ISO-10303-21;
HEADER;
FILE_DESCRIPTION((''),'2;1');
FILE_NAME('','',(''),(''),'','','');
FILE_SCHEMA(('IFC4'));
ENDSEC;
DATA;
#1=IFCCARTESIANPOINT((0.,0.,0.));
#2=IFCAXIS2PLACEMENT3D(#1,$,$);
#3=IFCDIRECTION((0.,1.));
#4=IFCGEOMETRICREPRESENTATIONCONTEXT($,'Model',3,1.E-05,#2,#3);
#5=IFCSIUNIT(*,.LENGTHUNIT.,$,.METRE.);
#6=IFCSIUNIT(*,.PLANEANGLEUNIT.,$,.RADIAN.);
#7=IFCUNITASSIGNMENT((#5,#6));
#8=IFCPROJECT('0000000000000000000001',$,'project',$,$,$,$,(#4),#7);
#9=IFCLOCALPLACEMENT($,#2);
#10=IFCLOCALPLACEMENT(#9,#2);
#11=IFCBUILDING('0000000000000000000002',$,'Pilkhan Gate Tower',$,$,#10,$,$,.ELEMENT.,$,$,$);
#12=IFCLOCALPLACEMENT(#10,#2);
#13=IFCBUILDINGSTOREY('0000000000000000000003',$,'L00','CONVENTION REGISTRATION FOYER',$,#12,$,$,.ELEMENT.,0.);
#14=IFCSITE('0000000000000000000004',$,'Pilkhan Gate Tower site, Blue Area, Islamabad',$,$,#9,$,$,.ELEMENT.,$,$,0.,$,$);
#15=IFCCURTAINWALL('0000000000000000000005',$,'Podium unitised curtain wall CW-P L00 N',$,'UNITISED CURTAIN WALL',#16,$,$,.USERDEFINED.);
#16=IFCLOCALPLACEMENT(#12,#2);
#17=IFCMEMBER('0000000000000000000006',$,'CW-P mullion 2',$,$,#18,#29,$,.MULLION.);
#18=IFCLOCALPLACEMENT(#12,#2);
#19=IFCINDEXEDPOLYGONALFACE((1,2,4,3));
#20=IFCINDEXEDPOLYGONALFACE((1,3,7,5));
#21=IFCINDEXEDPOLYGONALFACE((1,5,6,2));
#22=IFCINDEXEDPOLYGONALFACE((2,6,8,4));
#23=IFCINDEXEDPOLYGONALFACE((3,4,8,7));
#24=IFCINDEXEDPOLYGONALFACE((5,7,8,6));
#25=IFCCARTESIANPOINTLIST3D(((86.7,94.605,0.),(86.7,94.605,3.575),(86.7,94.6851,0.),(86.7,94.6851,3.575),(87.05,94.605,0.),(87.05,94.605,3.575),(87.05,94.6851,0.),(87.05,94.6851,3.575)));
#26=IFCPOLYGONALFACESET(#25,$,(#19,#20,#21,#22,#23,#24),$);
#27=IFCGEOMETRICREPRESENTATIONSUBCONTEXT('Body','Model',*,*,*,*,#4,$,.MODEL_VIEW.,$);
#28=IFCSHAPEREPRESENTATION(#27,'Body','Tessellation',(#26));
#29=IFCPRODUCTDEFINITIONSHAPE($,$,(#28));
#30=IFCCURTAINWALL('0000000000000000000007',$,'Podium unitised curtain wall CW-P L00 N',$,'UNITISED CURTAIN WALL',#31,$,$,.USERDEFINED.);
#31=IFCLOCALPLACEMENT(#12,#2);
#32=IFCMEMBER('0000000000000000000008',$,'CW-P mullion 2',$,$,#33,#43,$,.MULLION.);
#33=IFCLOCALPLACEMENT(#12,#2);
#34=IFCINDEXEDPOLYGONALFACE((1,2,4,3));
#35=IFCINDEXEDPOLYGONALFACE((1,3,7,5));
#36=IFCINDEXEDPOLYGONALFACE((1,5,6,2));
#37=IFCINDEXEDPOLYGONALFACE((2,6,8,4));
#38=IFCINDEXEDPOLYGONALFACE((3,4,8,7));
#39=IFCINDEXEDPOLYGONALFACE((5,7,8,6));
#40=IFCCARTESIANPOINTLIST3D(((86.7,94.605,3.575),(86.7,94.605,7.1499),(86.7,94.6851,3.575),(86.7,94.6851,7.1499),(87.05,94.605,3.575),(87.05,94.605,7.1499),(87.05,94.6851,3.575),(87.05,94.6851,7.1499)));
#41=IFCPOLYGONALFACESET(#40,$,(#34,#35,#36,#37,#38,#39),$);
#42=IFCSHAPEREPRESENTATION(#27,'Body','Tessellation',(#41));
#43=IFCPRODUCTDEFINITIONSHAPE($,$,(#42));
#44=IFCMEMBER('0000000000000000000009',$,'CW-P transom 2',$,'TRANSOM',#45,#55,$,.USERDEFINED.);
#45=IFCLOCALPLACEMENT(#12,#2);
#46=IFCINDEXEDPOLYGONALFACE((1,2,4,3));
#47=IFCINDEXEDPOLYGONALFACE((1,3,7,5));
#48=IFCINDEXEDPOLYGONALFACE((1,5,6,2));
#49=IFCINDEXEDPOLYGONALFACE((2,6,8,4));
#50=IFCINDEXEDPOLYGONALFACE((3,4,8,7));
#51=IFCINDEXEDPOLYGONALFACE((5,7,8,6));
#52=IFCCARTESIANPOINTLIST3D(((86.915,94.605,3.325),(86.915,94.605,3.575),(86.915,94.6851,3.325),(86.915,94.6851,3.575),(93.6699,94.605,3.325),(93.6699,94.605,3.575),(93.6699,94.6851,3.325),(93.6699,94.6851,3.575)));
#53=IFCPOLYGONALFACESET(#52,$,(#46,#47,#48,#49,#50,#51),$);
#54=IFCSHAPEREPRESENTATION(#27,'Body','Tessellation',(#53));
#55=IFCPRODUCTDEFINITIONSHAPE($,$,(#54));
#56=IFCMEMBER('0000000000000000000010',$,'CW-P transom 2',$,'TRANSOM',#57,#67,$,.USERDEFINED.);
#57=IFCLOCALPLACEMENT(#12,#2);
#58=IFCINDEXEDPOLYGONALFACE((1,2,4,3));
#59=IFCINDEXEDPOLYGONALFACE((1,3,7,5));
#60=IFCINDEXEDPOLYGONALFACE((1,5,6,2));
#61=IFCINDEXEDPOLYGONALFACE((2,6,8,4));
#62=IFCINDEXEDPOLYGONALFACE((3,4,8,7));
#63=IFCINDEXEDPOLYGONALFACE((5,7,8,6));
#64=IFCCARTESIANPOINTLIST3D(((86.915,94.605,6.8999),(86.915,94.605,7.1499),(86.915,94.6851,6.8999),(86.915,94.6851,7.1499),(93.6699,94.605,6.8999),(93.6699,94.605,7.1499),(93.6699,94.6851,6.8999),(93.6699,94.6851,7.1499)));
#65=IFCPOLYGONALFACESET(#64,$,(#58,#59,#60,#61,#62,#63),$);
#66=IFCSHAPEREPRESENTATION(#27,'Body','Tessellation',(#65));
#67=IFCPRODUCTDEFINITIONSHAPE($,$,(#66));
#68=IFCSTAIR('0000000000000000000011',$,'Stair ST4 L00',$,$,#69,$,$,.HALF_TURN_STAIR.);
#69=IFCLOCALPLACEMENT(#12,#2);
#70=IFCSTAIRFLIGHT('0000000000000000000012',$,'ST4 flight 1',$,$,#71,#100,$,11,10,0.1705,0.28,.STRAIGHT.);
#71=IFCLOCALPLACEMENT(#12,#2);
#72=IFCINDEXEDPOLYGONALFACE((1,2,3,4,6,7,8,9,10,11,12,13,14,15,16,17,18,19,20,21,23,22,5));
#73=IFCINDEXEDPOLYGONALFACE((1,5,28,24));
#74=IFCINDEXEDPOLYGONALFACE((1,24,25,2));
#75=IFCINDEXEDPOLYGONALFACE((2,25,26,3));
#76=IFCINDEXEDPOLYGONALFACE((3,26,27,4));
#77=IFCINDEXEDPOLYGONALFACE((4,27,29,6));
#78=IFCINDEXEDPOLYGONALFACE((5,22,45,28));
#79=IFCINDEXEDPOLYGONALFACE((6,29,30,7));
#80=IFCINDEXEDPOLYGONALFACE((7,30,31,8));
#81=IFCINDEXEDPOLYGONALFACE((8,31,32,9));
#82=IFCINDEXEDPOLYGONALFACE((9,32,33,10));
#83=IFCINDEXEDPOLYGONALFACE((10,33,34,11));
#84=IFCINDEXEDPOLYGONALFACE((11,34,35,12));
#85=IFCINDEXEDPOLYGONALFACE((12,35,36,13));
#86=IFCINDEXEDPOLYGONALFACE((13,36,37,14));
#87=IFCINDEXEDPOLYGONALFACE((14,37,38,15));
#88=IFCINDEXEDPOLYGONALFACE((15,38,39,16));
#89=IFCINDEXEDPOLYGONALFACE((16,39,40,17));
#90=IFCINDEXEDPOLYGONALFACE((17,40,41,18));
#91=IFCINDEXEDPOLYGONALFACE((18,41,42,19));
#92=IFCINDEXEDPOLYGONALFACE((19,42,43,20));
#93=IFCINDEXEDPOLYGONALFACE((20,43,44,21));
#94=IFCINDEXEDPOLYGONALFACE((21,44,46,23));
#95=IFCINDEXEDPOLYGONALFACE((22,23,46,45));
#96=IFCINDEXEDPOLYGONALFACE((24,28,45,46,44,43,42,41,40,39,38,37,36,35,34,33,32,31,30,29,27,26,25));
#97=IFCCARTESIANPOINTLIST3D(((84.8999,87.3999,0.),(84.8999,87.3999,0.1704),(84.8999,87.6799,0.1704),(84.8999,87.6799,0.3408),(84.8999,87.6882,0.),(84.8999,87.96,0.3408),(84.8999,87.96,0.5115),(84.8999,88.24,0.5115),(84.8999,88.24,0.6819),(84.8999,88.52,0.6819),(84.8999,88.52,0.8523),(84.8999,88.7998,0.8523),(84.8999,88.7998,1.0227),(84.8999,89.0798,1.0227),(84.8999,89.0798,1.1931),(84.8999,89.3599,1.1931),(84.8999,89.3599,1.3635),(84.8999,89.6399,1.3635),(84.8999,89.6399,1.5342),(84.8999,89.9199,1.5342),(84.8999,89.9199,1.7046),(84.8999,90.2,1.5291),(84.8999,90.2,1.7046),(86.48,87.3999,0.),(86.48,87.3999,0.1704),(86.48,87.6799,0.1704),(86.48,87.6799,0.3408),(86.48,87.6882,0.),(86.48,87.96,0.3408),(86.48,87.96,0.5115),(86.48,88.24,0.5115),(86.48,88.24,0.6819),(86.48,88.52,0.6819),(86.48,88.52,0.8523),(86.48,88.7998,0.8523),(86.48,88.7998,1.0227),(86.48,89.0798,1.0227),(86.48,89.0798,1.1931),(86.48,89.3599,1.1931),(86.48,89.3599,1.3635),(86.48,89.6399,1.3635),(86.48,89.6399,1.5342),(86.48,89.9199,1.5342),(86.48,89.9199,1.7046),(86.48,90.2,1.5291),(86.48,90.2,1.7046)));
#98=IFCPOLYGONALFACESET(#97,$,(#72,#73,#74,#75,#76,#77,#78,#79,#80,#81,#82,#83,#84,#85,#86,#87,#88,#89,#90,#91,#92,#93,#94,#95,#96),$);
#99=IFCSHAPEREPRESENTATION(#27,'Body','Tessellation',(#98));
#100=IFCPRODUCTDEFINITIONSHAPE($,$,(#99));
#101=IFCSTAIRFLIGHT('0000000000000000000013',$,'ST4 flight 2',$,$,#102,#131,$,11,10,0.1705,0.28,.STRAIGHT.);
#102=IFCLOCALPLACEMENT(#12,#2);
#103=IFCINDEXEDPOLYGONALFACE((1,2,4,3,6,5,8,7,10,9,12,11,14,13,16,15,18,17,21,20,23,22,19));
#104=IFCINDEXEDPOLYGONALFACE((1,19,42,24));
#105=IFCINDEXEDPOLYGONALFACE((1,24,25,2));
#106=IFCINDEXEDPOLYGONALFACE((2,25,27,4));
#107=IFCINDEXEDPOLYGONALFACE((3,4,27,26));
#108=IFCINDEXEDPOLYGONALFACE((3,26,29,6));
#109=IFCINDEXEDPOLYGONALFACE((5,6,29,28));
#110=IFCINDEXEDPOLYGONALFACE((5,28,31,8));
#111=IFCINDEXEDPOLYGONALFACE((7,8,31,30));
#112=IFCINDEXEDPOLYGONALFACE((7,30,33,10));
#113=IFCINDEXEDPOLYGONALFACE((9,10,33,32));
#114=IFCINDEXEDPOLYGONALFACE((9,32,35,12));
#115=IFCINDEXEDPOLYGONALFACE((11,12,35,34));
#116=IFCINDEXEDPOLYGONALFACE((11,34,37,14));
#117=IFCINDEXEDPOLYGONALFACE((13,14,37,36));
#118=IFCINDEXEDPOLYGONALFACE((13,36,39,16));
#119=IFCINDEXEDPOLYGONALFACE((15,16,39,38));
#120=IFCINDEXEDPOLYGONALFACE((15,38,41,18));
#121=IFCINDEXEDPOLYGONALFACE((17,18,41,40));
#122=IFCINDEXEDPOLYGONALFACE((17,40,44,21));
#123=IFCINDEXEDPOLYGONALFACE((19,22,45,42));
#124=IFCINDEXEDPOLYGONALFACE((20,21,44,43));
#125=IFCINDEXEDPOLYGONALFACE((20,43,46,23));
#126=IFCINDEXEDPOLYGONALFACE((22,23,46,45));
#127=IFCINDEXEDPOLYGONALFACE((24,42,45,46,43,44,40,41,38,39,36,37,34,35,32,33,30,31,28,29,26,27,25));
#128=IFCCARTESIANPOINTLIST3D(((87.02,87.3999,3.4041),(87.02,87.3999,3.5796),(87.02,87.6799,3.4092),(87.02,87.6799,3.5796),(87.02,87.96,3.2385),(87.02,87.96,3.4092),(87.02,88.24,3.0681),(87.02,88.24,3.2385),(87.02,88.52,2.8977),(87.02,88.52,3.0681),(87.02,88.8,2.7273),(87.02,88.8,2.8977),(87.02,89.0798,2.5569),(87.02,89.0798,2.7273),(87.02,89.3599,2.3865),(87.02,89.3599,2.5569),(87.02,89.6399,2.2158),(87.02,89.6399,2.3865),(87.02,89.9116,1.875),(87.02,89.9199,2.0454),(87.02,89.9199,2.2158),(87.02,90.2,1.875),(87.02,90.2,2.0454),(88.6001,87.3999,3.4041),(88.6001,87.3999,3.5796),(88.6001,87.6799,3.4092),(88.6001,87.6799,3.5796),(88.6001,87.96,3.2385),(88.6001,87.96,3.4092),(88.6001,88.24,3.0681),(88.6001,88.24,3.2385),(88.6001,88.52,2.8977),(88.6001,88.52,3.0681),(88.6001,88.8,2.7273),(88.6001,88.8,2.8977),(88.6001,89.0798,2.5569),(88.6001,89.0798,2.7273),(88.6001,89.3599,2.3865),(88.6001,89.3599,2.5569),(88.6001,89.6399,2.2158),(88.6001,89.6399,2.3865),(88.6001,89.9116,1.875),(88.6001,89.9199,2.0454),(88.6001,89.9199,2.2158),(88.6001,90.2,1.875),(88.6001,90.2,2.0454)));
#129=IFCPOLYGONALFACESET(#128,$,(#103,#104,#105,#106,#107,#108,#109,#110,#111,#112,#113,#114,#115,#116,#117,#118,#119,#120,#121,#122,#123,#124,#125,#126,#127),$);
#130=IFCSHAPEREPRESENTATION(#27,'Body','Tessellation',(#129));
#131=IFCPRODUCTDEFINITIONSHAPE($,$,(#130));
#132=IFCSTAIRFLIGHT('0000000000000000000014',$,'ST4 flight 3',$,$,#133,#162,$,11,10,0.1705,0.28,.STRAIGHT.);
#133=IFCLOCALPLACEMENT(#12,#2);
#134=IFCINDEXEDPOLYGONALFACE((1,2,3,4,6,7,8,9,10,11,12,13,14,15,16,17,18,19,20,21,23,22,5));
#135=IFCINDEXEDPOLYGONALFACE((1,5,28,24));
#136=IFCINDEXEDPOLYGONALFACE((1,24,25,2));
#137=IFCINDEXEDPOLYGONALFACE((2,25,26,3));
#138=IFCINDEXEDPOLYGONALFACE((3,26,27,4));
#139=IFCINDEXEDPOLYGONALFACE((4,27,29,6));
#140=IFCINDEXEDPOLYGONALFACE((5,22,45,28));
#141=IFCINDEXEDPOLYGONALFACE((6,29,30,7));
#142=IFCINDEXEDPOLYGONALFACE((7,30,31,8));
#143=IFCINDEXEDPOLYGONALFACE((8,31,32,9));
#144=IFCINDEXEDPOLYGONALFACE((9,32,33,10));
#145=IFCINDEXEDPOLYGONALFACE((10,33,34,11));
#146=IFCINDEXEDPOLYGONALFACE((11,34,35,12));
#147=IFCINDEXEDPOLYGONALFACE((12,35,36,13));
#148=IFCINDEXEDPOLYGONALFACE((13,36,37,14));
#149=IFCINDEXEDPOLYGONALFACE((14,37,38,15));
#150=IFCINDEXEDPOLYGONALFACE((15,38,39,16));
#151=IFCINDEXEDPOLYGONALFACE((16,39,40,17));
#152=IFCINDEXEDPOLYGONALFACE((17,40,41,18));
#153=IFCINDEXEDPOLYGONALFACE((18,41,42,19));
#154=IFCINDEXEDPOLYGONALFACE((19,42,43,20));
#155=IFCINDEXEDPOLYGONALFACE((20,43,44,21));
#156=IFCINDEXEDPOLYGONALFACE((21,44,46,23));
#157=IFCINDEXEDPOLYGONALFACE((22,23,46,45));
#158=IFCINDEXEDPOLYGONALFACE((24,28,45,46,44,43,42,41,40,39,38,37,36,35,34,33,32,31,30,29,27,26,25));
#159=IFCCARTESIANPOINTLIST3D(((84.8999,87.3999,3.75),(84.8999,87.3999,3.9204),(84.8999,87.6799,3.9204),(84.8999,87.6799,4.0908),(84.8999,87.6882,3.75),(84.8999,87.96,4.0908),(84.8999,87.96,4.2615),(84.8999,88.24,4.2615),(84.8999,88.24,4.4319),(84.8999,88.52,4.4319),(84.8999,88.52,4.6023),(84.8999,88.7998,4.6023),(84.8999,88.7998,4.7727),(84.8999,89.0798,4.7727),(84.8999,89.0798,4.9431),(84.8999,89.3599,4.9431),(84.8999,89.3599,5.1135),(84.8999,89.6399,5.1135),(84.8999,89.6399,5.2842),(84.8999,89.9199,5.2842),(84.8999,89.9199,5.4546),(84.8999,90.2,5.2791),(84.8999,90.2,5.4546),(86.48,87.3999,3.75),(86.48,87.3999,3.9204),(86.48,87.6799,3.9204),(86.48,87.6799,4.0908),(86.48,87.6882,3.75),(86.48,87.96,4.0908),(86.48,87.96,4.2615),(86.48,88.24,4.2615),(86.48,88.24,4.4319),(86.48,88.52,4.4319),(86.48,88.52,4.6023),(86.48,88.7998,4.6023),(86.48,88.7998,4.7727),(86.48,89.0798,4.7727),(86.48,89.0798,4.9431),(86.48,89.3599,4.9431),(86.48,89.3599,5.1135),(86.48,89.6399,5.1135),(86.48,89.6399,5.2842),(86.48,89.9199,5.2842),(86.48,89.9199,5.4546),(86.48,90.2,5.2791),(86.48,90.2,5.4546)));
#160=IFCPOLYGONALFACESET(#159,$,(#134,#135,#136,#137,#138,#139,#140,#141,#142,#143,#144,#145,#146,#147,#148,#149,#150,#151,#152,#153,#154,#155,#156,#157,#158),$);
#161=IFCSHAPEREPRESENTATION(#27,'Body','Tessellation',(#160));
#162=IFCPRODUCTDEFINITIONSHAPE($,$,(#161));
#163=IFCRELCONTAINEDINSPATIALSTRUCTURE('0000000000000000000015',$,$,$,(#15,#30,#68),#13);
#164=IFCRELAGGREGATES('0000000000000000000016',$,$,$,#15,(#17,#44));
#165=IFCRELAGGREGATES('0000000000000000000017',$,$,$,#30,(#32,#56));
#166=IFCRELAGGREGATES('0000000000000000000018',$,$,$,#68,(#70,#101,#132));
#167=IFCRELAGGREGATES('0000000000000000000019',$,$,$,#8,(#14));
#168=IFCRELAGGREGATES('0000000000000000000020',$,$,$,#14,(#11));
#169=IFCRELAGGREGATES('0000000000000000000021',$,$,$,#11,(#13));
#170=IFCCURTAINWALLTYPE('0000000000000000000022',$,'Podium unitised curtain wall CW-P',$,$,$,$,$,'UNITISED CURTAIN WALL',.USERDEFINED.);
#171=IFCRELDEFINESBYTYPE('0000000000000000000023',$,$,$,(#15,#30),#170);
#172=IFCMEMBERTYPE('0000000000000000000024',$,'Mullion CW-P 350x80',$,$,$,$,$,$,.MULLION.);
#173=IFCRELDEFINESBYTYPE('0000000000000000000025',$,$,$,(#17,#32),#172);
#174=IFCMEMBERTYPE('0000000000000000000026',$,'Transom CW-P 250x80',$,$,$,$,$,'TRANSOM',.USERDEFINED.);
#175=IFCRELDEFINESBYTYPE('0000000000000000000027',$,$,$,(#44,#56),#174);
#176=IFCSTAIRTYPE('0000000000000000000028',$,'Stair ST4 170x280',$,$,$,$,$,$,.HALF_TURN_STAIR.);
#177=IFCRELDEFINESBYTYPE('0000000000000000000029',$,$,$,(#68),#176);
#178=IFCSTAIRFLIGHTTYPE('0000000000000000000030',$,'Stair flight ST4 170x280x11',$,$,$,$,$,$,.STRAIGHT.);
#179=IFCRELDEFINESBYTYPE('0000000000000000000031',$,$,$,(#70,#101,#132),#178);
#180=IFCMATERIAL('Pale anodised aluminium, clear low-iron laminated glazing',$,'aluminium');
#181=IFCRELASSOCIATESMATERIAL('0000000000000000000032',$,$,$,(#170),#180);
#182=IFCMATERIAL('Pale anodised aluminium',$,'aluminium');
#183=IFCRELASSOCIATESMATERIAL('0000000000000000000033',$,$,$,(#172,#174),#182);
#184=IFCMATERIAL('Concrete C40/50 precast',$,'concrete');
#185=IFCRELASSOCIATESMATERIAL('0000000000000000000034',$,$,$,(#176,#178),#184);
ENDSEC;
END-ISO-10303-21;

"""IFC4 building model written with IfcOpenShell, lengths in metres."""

from ifc_helpers import new_model, si_unit, direction, frame, origin, origin_2d, place, context, subcontext, project, spatial, polyline, rectangle, outline, extrude, material, material_profile, profile_set, type_object, element, aggregate, save


model = new_model("IFC4")

# Units and contexts
model_context = context("Model", 3, precision=1e-05, world=origin(), true_north=direction((0.0, 1.0)))
body_context = subcontext(model_context, "Body", "Model", "MODEL_VIEW")
ifc_project = project(units=[si_unit("LENGTHUNIT", "METRE"), si_unit("PLANEANGLEUNIT", "RADIAN")], contexts=[model_context])

# Site, building, storey
site_placement = place(None, origin())
site = spatial("IfcSite", under=ifc_project, at=site_placement, Name="Pilkhan Gate Tower site, Blue Area, Islamabad", CompositionType="ELEMENT", RefElevation=0.0)
building_placement = place(site_placement, origin())
building = spatial("IfcBuilding", under=site, at=building_placement, Name="Pilkhan Gate Tower", CompositionType="ELEMENT")
storey_placement = place(building_placement, origin())
storey = spatial("IfcBuildingStorey", under=building, at=storey_placement, Name="L00", Description="CONVENTION REGISTRATION FOYER", CompositionType="ELEMENT", Elevation=0.0)

# Curtain walls, members
ifc_material_1 = material(Name="Pale anodised aluminium, clear low-iron laminated glazing", Category="aluminium")
curtain_wall_type = type_object("IfcCurtainWallType", Name="Podium unitised curtain wall CW-P", ElementType="UNITISED CURTAIN WALL", PredefinedType="USERDEFINED", material=ifc_material_1)
curtain_wall_1_placement = place(storey_placement, origin())
curtain_wall_1 = element("IfcCurtainWall", 1, at=curtain_wall_1_placement, inside=storey, type_object=curtain_wall_type, Name="Podium unitised curtain wall CW-P L00 N", ObjectType="UNITISED CURTAIN WALL", PredefinedType="USERDEFINED")
ifc_material_2 = material(Name="Pale anodised aluminium", Category="aluminium")
ifc_material_profile_1 = material_profile(ifc_material_2, rectangle(XDim=0.0801, YDim=0.3501, at=origin_2d()), Name="Mullion 350x80")
ifc_profile_set_1 = profile_set([ifc_material_profile_1], Name="Pale anodised aluminium")
member_type_1 = type_object("IfcMemberType", Name="Mullion CW-P 350x80", PredefinedType="MULLION", material=ifc_profile_set_1)
member_1_placement = place(storey_placement, frame((86.875, 94.645, 0.0), z_axis=(0.0, 0.0, 1.0), x_axis=(0.0, 1.0, 0.0)))
member_1 = element("IfcMember", 2, at=member_1_placement, type_object=member_type_1, Name="CW-P mullion 2", PredefinedType="MULLION", context=body_context, shape_type="SweptSolid", body=[
    extrude(rectangle(XDim=0.0801, YDim=0.3501, at=origin_2d()), origin(), (0.0, 0.0, 1.0), 3.575),
])
curtain_wall_2_placement = place(storey_placement, origin())
curtain_wall_2 = element("IfcCurtainWall", 3, at=curtain_wall_2_placement, inside=storey, type_object=curtain_wall_type, Name="Podium unitised curtain wall CW-P L00 N", ObjectType="UNITISED CURTAIN WALL", PredefinedType="USERDEFINED")
member_2_placement = place(storey_placement, frame((86.875, 94.645, 3.575), z_axis=(0.0, 0.0, 1.0), x_axis=(0.0, 1.0, 0.0)))
member_2 = element("IfcMember", 4, at=member_2_placement, type_object=member_type_1, Name="CW-P mullion 2", PredefinedType="MULLION", context=body_context, shape_type="SweptSolid", body=[
    extrude(rectangle(XDim=0.0801, YDim=0.3501, at=origin_2d()), origin(), (0.0, 0.0, 1.0), 3.575),
])

# Members
ifc_material_profile_2 = material_profile(ifc_material_2, rectangle(XDim=0.0801, YDim=0.25, at=origin_2d()), Name="Transom 250x80")
ifc_profile_set_2 = profile_set([ifc_material_profile_2], Name="Pale anodised aluminium")
member_type_2 = type_object("IfcMemberType", Name="Transom CW-P 250x80", ElementType="TRANSOM", PredefinedType="USERDEFINED", material=ifc_profile_set_2)
member_3_placement = place(storey_placement, frame((86.915, 94.645, 3.45), z_axis=(1.0, 0.0, 0.0), x_axis=(0.0, 1.0, 0.0)))
member_3 = element("IfcMember", 5, at=member_3_placement, type_object=member_type_2, Name="CW-P transom 2", ObjectType="TRANSOM", PredefinedType="USERDEFINED", context=body_context, shape_type="SweptSolid", body=[
    extrude(rectangle(XDim=0.0801, YDim=0.25, at=origin_2d()), origin(), (0.0, 0.0, 1.0), 6.7549),
])
aggregate(curtain_wall_1, [member_1, member_3])
member_4_placement = place(storey_placement, frame((86.915, 94.645, 7.0249), z_axis=(1.0, 0.0, 0.0), x_axis=(0.0, 1.0, 0.0)))
member_4 = element("IfcMember", 6, at=member_4_placement, type_object=member_type_2, Name="CW-P transom 2", ObjectType="TRANSOM", PredefinedType="USERDEFINED", context=body_context, shape_type="SweptSolid", body=[
    extrude(rectangle(XDim=0.0801, YDim=0.25, at=origin_2d()), origin(), (0.0, 0.0, 1.0), 6.7549),
])
aggregate(curtain_wall_2, [member_2, member_4])

# Stair, stair flights
ifc_material_3 = material(Name="Concrete C40/50 precast", Category="concrete")
stair_type = type_object("IfcStairType", Name="Stair ST4 170x280", PredefinedType="HALF_TURN_STAIR", material=ifc_material_3)
stair_placement = place(storey_placement, origin())
stair = element("IfcStair", 7, at=stair_placement, inside=storey, type_object=stair_type, Name="Stair ST4 L00", PredefinedType="HALF_TURN_STAIR")
stair_flight_type = type_object("IfcStairFlightType", Name="Stair flight ST4 170x280x11", PredefinedType="STRAIGHT", material=ifc_material_3)
stair_flight_1_placement = place(storey_placement, frame((85.6899, 87.3999, 0.0), z_axis=(0.0, 0.0, 1.0), x_axis=(0.0, 1.0, 0.0)))
stair_flight_1 = element("IfcStairFlight", 8, at=stair_flight_1_placement, type_object=stair_flight_type, Name="ST4 flight 1", NumberOfRisers=11, NumberOfTreads=10, PredefinedType="STRAIGHT", RiserHeight=0.1705, TreadLength=0.28, context=body_context, shape_type="SweptSolid", body=[
    extrude(outline(polyline([(0.0, 0.0), (0.0, 0.1704), (0.28, 0.1704), (0.28, 0.3408), (0.5601, 0.3408), (0.5601, 0.5115), (0.8401, 0.5115), (0.8401, 0.6819), (1.1201, 0.6819), (1.1201, 0.8523), (1.3999, 0.8523), (1.3999, 1.0227), (1.6799, 1.0227), (1.6799, 1.1931), (1.96, 1.1931), (1.96, 1.3635), (2.24, 1.3635), (2.24, 1.5342), (2.52, 1.5342), (2.52, 1.7046), (2.8, 1.7046), (2.8, 1.875), (2.8, 1.5291), (0.2883, 0.0), (0.0, 0.0)])), frame((0.0, 0.79, 0.0), z_axis=(0.0, -1.0, 0.0), x_axis=(1.0, 0.0, 0.0)), (0.0, 0.0, 1.0), 1.5801),
])
stair_flight_2_placement = place(storey_placement, frame((87.8101, 90.2, 1.875), z_axis=(0.0, 0.0, 1.0), x_axis=(0.0, -1.0, 0.0)))
stair_flight_2 = element("IfcStairFlight", 9, at=stair_flight_2_placement, type_object=stair_flight_type, Name="ST4 flight 2", NumberOfRisers=11, NumberOfTreads=10, PredefinedType="STRAIGHT", RiserHeight=0.1705, TreadLength=0.28, context=body_context, shape_type="SweptSolid", body=[
    extrude(outline(polyline([(0.0, 0.0), (0.0, 0.1704), (0.28, 0.1704), (0.28, 0.3408), (0.5601, 0.3408), (0.5601, 0.5115), (0.8401, 0.5115), (0.8401, 0.6819), (1.1201, 0.6819), (1.1201, 0.8523), (1.3999, 0.8523), (1.3999, 1.0227), (1.6799, 1.0227), (1.6799, 1.1931), (1.96, 1.1931), (1.96, 1.3635), (2.24, 1.3635), (2.24, 1.5342), (2.52, 1.5342), (2.52, 1.7046), (2.8, 1.7046), (2.8, 1.875), (2.8, 1.5291), (0.2883, 0.0), (0.0, 0.0)])), frame((0.0, 0.79, 0.0), z_axis=(0.0, -1.0, 0.0), x_axis=(1.0, 0.0, 0.0)), (0.0, 0.0, 1.0), 1.5801),
])
stair_flight_3_placement = place(storey_placement, frame((85.6899, 87.3999, 3.75), z_axis=(0.0, 0.0, 1.0), x_axis=(0.0, 1.0, 0.0)))
stair_flight_3 = element("IfcStairFlight", 10, at=stair_flight_3_placement, type_object=stair_flight_type, Name="ST4 flight 3", NumberOfRisers=11, NumberOfTreads=10, PredefinedType="STRAIGHT", RiserHeight=0.1705, TreadLength=0.28, context=body_context, shape_type="SweptSolid", body=[
    extrude(outline(polyline([(0.0, 0.0), (0.0, 0.1704), (0.28, 0.1704), (0.28, 0.3408), (0.5601, 0.3408), (0.5601, 0.5115), (0.8401, 0.5115), (0.8401, 0.6819), (1.1201, 0.6819), (1.1201, 0.8523), (1.3999, 0.8523), (1.3999, 1.0227), (1.6799, 1.0227), (1.6799, 1.1931), (1.96, 1.1931), (1.96, 1.3635), (2.24, 1.3635), (2.24, 1.5342), (2.52, 1.5342), (2.52, 1.7046), (2.8, 1.7046), (2.8, 1.875), (2.8, 1.5291), (0.2883, 0.0), (0.0, 0.0)])), frame((0.0, 0.79, 0.0), z_axis=(0.0, -1.0, 0.0), x_axis=(1.0, 0.0, 0.0)), (0.0, 0.0, 1.0), 1.5801),
])
aggregate(stair, [stair_flight_1, stair_flight_2, stair_flight_3])

save(model, "model.ifc")
